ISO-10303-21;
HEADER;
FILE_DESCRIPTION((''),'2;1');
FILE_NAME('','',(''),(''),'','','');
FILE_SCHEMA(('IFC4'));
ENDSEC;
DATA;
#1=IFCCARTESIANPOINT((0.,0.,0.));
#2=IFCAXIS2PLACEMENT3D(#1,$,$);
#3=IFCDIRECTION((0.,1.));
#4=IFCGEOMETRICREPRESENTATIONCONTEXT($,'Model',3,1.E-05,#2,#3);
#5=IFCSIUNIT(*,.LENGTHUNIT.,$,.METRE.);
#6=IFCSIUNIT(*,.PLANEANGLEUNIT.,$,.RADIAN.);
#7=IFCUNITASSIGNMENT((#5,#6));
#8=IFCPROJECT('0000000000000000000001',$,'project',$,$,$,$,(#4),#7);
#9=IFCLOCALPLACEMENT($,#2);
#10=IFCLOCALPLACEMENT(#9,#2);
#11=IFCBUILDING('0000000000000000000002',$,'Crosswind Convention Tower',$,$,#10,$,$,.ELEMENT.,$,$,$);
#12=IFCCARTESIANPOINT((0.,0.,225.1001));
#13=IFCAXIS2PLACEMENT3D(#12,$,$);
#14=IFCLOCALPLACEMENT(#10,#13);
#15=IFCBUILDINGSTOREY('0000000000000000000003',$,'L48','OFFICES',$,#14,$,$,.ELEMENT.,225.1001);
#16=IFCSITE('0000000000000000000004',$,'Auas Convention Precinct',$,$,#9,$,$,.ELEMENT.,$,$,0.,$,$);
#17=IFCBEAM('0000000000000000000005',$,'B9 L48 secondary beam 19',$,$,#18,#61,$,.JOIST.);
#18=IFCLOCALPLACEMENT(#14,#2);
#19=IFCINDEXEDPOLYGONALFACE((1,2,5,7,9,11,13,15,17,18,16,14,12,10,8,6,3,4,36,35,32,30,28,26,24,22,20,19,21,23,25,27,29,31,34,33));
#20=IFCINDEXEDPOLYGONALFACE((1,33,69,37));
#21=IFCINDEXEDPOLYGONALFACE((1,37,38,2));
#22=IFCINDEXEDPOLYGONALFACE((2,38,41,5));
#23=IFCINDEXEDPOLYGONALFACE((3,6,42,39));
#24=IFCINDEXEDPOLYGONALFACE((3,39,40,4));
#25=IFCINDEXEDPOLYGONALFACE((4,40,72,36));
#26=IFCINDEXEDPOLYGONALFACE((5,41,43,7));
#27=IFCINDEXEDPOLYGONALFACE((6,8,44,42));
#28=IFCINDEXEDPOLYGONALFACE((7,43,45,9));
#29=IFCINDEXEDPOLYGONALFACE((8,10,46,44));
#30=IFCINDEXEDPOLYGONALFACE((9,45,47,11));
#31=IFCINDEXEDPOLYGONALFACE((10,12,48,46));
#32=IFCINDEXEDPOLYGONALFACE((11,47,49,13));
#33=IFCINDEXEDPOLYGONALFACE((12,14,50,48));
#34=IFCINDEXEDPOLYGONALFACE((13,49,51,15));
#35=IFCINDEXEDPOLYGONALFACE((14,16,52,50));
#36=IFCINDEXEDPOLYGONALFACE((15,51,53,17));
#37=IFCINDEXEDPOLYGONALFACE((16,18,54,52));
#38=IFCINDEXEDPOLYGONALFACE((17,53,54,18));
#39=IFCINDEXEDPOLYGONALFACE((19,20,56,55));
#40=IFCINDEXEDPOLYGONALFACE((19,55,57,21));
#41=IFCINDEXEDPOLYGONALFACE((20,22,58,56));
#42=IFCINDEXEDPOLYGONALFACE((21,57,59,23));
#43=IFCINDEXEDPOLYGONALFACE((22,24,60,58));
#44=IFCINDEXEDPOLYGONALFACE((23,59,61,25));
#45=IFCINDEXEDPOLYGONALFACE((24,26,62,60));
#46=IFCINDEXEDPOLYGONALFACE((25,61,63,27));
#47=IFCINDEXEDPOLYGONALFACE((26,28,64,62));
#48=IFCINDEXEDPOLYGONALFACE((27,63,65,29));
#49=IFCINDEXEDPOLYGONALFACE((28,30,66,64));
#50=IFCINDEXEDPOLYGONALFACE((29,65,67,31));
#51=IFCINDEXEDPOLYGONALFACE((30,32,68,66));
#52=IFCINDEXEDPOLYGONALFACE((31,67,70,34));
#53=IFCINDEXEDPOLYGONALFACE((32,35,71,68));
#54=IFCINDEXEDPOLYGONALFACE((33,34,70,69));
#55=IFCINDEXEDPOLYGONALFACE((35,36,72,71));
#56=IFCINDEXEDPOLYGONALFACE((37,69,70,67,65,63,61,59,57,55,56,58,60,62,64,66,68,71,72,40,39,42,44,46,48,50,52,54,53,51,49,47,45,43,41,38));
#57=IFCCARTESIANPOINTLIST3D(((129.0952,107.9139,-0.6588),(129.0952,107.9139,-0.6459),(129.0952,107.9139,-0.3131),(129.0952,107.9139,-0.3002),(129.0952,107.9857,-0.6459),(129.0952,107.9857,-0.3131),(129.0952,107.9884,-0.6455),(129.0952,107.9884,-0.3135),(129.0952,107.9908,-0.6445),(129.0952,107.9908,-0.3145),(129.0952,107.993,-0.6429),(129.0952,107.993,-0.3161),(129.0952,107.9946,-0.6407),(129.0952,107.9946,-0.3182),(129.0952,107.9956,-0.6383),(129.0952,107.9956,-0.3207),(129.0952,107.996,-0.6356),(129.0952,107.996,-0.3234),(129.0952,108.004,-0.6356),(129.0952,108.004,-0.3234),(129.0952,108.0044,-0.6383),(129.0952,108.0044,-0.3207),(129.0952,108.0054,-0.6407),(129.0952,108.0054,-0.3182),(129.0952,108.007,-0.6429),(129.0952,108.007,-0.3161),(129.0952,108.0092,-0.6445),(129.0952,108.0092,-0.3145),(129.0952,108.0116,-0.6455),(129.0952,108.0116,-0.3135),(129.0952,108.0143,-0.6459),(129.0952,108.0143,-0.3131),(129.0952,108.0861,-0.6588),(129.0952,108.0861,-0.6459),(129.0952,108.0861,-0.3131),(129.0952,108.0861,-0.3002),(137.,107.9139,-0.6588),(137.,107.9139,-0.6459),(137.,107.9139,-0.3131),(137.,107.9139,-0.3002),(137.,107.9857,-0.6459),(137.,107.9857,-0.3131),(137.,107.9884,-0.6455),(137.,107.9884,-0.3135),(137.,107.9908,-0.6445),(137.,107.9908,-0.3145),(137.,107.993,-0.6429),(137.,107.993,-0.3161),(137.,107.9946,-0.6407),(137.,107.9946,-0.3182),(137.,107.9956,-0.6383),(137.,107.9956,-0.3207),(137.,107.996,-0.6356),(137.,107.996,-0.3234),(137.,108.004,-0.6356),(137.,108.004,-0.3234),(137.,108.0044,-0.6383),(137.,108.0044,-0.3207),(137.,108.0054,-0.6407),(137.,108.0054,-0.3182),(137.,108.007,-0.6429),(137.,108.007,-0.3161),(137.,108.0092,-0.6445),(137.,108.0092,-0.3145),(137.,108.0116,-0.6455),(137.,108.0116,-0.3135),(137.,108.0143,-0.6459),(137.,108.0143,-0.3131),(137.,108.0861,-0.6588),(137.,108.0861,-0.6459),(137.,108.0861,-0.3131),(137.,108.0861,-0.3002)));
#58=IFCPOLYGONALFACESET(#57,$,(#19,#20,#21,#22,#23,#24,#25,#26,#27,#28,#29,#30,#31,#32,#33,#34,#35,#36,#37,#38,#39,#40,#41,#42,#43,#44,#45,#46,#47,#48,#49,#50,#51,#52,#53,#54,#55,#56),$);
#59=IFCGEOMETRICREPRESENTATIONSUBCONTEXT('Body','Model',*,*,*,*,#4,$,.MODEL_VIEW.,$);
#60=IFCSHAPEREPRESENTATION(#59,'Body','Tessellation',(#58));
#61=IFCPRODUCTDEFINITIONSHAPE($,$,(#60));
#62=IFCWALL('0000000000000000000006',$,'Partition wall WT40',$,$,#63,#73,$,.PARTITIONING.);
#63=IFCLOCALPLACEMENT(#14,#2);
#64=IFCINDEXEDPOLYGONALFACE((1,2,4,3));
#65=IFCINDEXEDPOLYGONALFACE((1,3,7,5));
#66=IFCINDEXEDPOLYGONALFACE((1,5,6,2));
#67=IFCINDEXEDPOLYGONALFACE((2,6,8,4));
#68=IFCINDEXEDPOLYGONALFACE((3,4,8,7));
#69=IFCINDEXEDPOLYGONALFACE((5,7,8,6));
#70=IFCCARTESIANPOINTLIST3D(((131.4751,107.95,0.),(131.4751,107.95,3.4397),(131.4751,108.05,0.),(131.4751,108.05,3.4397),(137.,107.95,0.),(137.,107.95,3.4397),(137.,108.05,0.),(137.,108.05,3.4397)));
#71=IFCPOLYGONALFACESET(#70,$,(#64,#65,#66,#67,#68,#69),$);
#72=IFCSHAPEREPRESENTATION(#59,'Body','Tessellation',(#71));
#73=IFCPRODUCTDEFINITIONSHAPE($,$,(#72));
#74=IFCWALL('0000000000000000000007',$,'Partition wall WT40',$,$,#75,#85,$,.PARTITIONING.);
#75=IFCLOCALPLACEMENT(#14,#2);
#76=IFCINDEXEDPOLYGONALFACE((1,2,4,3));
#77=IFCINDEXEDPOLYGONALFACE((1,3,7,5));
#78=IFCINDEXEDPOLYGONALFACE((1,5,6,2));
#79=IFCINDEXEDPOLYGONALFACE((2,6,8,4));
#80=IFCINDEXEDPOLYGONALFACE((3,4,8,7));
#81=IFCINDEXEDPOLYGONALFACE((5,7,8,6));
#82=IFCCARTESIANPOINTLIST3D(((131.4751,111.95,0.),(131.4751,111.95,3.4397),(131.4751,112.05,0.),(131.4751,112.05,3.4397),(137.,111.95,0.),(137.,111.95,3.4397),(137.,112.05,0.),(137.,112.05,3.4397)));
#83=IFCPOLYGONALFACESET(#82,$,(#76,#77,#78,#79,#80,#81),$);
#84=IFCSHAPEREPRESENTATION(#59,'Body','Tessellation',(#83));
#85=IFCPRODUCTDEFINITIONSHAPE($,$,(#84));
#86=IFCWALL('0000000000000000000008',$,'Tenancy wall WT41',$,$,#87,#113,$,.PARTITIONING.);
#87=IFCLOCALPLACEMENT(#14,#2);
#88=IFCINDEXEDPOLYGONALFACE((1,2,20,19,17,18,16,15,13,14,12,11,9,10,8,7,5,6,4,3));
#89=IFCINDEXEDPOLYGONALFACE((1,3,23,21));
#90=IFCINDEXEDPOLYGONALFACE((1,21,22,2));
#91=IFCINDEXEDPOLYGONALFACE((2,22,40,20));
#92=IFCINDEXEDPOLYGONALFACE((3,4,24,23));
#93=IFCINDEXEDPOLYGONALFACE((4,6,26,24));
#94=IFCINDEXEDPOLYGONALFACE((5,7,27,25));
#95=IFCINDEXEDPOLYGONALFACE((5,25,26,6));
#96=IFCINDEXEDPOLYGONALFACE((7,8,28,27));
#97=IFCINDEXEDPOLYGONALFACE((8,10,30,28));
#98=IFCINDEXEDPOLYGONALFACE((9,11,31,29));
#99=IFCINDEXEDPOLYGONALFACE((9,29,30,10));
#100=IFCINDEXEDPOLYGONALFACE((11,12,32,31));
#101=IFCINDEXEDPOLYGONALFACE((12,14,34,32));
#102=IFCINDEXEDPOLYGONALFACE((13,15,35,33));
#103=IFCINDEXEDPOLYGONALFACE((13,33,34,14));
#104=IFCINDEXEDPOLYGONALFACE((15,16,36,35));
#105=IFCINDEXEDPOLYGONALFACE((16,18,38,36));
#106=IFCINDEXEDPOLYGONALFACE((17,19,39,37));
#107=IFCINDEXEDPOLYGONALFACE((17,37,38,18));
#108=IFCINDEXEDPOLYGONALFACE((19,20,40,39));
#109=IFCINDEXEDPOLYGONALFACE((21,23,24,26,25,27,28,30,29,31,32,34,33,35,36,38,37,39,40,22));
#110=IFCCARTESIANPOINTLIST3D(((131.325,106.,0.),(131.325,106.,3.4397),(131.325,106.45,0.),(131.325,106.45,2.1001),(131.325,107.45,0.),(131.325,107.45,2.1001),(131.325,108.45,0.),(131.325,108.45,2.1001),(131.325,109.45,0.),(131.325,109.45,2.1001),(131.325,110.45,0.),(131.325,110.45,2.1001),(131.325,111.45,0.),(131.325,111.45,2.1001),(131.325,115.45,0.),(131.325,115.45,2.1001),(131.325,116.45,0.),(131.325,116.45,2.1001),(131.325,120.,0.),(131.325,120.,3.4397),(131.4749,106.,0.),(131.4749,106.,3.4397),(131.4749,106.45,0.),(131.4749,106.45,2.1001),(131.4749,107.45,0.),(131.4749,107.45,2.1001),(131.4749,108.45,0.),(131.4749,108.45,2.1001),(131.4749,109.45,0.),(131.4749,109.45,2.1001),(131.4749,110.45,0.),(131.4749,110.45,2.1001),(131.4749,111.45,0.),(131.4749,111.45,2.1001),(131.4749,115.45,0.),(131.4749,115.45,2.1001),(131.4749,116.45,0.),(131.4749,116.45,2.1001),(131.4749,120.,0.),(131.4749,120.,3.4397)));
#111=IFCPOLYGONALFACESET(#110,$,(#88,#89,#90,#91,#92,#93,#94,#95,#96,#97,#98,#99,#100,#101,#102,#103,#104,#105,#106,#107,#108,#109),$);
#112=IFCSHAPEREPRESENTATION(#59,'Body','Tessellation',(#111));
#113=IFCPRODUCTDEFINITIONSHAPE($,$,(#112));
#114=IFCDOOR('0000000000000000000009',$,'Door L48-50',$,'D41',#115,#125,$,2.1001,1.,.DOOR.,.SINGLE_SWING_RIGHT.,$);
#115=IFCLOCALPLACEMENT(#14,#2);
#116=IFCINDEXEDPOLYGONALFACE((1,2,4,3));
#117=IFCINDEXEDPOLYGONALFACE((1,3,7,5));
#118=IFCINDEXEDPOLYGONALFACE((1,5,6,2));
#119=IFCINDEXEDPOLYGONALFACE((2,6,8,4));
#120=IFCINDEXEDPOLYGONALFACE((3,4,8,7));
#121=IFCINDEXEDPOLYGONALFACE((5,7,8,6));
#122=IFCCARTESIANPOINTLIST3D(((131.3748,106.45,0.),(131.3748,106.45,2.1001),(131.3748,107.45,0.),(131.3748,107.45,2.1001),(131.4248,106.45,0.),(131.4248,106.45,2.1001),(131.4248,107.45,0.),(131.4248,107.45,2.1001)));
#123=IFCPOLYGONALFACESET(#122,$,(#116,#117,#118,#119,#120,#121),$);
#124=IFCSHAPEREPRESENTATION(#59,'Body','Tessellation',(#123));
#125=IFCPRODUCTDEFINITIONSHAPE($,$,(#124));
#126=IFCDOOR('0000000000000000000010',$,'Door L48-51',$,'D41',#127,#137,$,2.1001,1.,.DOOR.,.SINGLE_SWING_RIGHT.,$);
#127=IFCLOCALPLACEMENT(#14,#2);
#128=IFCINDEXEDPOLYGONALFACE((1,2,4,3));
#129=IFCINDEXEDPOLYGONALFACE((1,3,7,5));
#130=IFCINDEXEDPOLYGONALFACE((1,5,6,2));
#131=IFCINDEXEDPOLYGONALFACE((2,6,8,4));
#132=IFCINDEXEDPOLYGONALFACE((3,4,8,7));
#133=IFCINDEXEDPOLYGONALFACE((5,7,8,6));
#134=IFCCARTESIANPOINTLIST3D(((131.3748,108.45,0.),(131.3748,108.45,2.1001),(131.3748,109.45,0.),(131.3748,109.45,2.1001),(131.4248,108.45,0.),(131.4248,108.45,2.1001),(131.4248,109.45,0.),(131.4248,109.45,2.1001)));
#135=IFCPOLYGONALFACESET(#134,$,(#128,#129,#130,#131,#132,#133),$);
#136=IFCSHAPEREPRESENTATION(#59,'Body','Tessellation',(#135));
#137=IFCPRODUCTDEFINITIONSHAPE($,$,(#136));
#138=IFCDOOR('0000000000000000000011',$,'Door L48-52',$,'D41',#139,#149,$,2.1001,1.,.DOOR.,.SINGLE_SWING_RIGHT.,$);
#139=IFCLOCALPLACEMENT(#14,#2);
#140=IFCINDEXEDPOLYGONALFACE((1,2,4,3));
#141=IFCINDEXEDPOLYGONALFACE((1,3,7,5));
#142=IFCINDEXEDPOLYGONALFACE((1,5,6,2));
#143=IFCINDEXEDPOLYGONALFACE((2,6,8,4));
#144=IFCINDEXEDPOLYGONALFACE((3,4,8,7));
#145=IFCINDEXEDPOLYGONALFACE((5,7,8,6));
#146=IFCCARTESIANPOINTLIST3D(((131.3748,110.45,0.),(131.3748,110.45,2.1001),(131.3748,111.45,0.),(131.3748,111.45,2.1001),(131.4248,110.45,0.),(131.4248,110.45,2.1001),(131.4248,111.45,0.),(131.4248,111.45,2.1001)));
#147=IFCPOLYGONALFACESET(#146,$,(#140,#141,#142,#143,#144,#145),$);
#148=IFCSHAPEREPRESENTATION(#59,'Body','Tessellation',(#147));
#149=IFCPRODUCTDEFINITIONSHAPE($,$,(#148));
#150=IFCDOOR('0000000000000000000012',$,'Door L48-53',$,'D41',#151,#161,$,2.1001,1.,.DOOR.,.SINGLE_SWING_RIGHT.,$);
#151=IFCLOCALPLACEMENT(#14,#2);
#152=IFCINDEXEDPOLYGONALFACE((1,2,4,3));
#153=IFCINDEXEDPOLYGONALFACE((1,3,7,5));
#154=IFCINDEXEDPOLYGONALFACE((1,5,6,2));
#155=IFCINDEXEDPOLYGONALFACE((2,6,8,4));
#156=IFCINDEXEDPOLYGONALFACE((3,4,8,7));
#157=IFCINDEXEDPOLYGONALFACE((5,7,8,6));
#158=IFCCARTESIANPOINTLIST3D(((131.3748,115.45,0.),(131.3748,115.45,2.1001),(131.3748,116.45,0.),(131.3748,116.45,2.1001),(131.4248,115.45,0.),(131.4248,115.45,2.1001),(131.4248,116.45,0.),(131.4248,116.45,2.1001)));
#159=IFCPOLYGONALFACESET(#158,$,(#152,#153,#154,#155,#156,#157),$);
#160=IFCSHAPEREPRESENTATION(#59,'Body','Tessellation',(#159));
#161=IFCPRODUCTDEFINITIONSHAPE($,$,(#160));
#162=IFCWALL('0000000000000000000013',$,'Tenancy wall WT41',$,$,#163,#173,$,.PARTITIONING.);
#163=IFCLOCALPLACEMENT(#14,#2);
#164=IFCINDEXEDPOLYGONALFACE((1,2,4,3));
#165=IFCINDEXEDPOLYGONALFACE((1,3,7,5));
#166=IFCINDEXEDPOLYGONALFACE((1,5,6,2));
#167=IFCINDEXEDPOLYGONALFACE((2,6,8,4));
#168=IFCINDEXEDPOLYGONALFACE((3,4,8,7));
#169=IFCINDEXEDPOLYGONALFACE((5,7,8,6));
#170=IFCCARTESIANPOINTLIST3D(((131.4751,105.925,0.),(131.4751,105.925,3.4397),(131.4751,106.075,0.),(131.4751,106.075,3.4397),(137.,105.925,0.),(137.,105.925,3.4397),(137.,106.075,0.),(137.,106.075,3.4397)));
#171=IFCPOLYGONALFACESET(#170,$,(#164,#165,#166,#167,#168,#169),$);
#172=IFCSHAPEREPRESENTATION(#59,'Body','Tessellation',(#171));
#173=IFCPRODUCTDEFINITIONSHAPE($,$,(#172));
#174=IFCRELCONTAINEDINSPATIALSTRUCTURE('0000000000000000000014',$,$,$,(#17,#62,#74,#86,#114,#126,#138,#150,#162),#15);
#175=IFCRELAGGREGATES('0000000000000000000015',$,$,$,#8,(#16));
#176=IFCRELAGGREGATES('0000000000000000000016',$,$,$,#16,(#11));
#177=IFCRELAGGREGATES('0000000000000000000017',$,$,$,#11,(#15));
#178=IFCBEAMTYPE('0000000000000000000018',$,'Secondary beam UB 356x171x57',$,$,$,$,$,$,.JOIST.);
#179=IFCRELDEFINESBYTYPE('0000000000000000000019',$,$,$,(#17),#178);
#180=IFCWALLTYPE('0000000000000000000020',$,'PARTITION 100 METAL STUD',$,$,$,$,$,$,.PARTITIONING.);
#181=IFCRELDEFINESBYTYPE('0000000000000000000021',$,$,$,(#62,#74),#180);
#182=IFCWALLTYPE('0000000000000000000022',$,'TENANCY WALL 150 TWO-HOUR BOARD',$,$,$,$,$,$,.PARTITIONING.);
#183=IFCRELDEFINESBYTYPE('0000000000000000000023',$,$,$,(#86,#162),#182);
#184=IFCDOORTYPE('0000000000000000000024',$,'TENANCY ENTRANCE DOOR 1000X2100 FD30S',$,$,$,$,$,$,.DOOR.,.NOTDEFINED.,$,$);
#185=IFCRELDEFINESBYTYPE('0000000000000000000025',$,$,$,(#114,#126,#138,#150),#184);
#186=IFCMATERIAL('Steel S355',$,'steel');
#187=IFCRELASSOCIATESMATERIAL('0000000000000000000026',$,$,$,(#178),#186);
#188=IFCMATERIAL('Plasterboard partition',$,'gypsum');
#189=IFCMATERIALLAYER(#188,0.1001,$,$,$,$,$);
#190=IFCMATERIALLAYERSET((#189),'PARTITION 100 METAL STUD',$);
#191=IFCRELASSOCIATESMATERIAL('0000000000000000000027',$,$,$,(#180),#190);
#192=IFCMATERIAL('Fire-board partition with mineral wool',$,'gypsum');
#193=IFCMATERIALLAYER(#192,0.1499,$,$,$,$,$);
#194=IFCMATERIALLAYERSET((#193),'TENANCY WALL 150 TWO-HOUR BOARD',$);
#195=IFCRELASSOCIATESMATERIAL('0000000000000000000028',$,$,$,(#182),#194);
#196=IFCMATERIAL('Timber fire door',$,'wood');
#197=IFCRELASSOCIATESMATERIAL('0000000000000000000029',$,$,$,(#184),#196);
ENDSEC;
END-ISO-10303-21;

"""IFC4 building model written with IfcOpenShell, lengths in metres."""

from ifc_helpers import new_model, si_unit, direction, frame, frame_2d, origin, origin_2d, place, context, subcontext, project, spatial, rectangle, i_section, extrude, material, layer, layer_set, material_profile, profile_set, type_object, element, fill, save


model = new_model("IFC4")

# Units and contexts
model_context = context("Model", 3, precision=1e-05, world=origin(), true_north=direction((0.0, 1.0)))
body_context = subcontext(model_context, "Body", "Model", "MODEL_VIEW")
ifc_project = project(units=[si_unit("LENGTHUNIT", "METRE"), si_unit("PLANEANGLEUNIT", "RADIAN")], contexts=[model_context])

# Site, building, storey
site_placement = place(None, origin())
site = spatial("IfcSite", under=ifc_project, at=site_placement, Name="Auas Convention Precinct", CompositionType="ELEMENT", RefElevation=0.0)
building_placement = place(site_placement, origin())
building = spatial("IfcBuilding", under=site, at=building_placement, Name="Crosswind Convention Tower", CompositionType="ELEMENT")
storey_placement = place(building_placement, frame((0.0, 0.0, 225.1001)))
storey = spatial("IfcBuildingStorey", under=building, at=storey_placement, Name="L48", Description="OFFICES", CompositionType="ELEMENT", Elevation=225.1001)

# Beam
ifc_material_1 = material(Name="Steel S355", Category="steel")
ifc_material_profile_1 = material_profile(ifc_material_1, i_section(OverallWidth=0.1721, OverallDepth=0.3586, WebThickness=0.0081, FlangeThickness=0.0129, FilletRadius=0.0103, at=origin_2d()), Name="UB 356x171x57")
ifc_profile_set_1 = profile_set([ifc_material_profile_1], Name="Steel S355")
beam_type_1 = type_object("IfcBeamType", Name="Secondary beam UB 356x171x57", PredefinedType="JOIST", material=ifc_profile_set_1)
beam_1_placement = place(storey_placement, frame((129.0952, 108.0, -0.4795), z_axis=(1.0, 0.0, 0.0), x_axis=(0.0, 1.0, 0.0)))
element("IfcBeam", 1, at=beam_1_placement, inside=storey, type_object=beam_type_1, Name="B9 L48 secondary beam 19", PredefinedType="JOIST", context=body_context, shape_type="SweptSolid", body=[
    extrude(i_section(OverallWidth=0.1721, OverallDepth=0.3586, WebThickness=0.0081, FlangeThickness=0.0129, FilletRadius=0.0103, at=origin_2d()), origin(), (0.0, 0.0, 1.0), 7.9048),
])

# Walls
ifc_material_2 = material(Name="Plasterboard partition", Category="gypsum")
ifc_layer_1 = layer(ifc_material_2, 0.1001)
ifc_layer_set_1 = layer_set([ifc_layer_1], Name="PARTITION 100 METAL STUD")
wall_type_1 = type_object("IfcWallType", Name="PARTITION 100 METAL STUD", PredefinedType="PARTITIONING", material=ifc_layer_set_1)
for number, where, z_axis, x_axis, name in (
    (2, (131.4751, 108.0, 0.0), (0.0, 0.0, 1.0), (1.0, 0.0, 0.0), "Partition wall WT40"),
    (3, (131.4751, 112.0, 0.0), (0.0, 0.0, 1.0), (1.0, 0.0, 0.0), "Partition wall WT40"),
):
    element("IfcWall", number, at=place(storey_placement, frame(where, z_axis=z_axis, x_axis=x_axis)), inside=storey, type_object=wall_type_1, Name=name, PredefinedType="PARTITIONING", context=body_context, shape_type="SweptSolid", body=[
        extrude(rectangle(XDim=5.5249, YDim=0.1001, at=frame_2d((2.7625, 0.0))), origin(), (0.0, 0.0, 1.0), 3.4397),
    ])

# Wall, openings, doors
ifc_material_3 = material(Name="Fire-board partition with mineral wool", Category="gypsum")
ifc_layer_2 = layer(ifc_material_3, 0.1499)
ifc_layer_set_2 = layer_set([ifc_layer_2], Name="TENANCY WALL 150 TWO-HOUR BOARD")
wall_type_2 = type_object("IfcWallType", Name="TENANCY WALL 150 TWO-HOUR BOARD", PredefinedType="PARTITIONING", material=ifc_layer_set_2)
wall_1_placement = place(storey_placement, frame((131.3999, 106.0, 0.0), z_axis=(0.0, 0.0, 1.0), x_axis=(0.0, 1.0, 0.0)))
wall_1 = element("IfcWall", 4, at=wall_1_placement, inside=storey, type_object=wall_type_2, Name="Tenancy wall WT41", PredefinedType="PARTITIONING", context=body_context, shape_type="SweptSolid", body=[
    extrude(rectangle(XDim=14.0, YDim=0.1499, at=frame_2d((7.0, 0.0))), origin(), (0.0, 0.0, 1.0), 3.4397),
])
opening_1_placement = place(wall_1_placement, frame((0.45, 0.0, 0.0)))
opening_1 = element("IfcOpeningElement", 5, at=opening_1_placement, cuts=wall_1, PredefinedType="OPENING", context=body_context, shape_type="SweptSolid", body=[
    extrude(rectangle(XDim=1.0, YDim=2.1001, at=frame_2d((0.5, 1.05))), frame((0.0, 0.085, 0.0), z_axis=(0.0, -1.0, 0.0), x_axis=(1.0, 0.0, 0.0)), (0.0, 0.0, 1.0), 0.1699),
])
opening_2_placement = place(wall_1_placement, frame((2.45, 0.0, 0.0)))
opening_2 = element("IfcOpeningElement", 6, at=opening_2_placement, cuts=wall_1, PredefinedType="OPENING", context=body_context, shape_type="SweptSolid", body=[
    extrude(rectangle(XDim=1.0, YDim=2.1001, at=frame_2d((0.5, 1.05))), frame((0.0, 0.085, 0.0), z_axis=(0.0, -1.0, 0.0), x_axis=(1.0, 0.0, 0.0)), (0.0, 0.0, 1.0), 0.1699),
])
opening_3_placement = place(wall_1_placement, frame((4.45, 0.0, 0.0)))
opening_3 = element("IfcOpeningElement", 7, at=opening_3_placement, cuts=wall_1, PredefinedType="OPENING", context=body_context, shape_type="SweptSolid", body=[
    extrude(rectangle(XDim=1.0, YDim=2.1001, at=frame_2d((0.5, 1.05))), frame((0.0, 0.085, 0.0), z_axis=(0.0, -1.0, 0.0), x_axis=(1.0, 0.0, 0.0)), (0.0, 0.0, 1.0), 0.1699),
])
opening_4_placement = place(wall_1_placement, frame((9.45, 0.0, 0.0)))
opening_4 = element("IfcOpeningElement", 8, at=opening_4_placement, cuts=wall_1, PredefinedType="OPENING", context=body_context, shape_type="SweptSolid", body=[
    extrude(rectangle(XDim=1.0, YDim=2.1001, at=frame_2d((0.5, 1.05))), frame((0.0, 0.085, 0.0), z_axis=(0.0, -1.0, 0.0), x_axis=(1.0, 0.0, 0.0)), (0.0, 0.0, 1.0), 0.1699),
])
ifc_material_4 = material(Name="Timber fire door", Category="wood")
door_type = type_object("IfcDoorType", Name="TENANCY ENTRANCE DOOR 1000X2100 FD30S", OperationType="NOTDEFINED", PredefinedType="DOOR", material=ifc_material_4)
door_1_placement = place(opening_1_placement, frame((1.0, 0.0, 0.0), z_axis=(0.0, 0.0, 1.0), x_axis=(-1.0, 0.0, 0.0)))
door_1 = element("IfcDoor", 9, at=door_1_placement, inside=storey, type_object=door_type, Name="Door L48-50", ObjectType="D41", OperationType="SINGLE_SWING_RIGHT", OverallHeight=2.1001, OverallWidth=1.0, PredefinedType="DOOR", context=body_context, shape_type="SweptSolid", body=[
    extrude(rectangle(XDim=1.0, YDim=2.1001, at=frame_2d((0.5, 1.05))), frame((0.0, 0.0249, 0.0), z_axis=(0.0, -1.0, 0.0), x_axis=(1.0, 0.0, 0.0)), (0.0, 0.0, 1.0), 0.05),
])
fill(opening_1, door_1)
door_2_placement = place(opening_2_placement, frame((1.0, 0.0, 0.0), z_axis=(0.0, 0.0, 1.0), x_axis=(-1.0, 0.0, 0.0)))
door_2 = element("IfcDoor", 10, at=door_2_placement, inside=storey, type_object=door_type, Name="Door L48-51", ObjectType="D41", OperationType="SINGLE_SWING_RIGHT", OverallHeight=2.1001, OverallWidth=1.0, PredefinedType="DOOR", context=body_context, shape_type="SweptSolid", body=[
    extrude(rectangle(XDim=1.0, YDim=2.1001, at=frame_2d((0.5, 1.05))), frame((0.0, 0.0249, 0.0), z_axis=(0.0, -1.0, 0.0), x_axis=(1.0, 0.0, 0.0)), (0.0, 0.0, 1.0), 0.05),
])
fill(opening_2, door_2)
door_3_placement = place(opening_3_placement, frame((1.0, 0.0, 0.0), z_axis=(0.0, 0.0, 1.0), x_axis=(-1.0, 0.0, 0.0)))
door_3 = element("IfcDoor", 11, at=door_3_placement, inside=storey, type_object=door_type, Name="Door L48-52", ObjectType="D41", OperationType="SINGLE_SWING_RIGHT", OverallHeight=2.1001, OverallWidth=1.0, PredefinedType="DOOR", context=body_context, shape_type="SweptSolid", body=[
    extrude(rectangle(XDim=1.0, YDim=2.1001, at=frame_2d((0.5, 1.05))), frame((0.0, 0.0249, 0.0), z_axis=(0.0, -1.0, 0.0), x_axis=(1.0, 0.0, 0.0)), (0.0, 0.0, 1.0), 0.05),
])
fill(opening_3, door_3)
door_4_placement = place(opening_4_placement, frame((1.0, 0.0, 0.0), z_axis=(0.0, 0.0, 1.0), x_axis=(-1.0, 0.0, 0.0)))
door_4 = element("IfcDoor", 12, at=door_4_placement, inside=storey, type_object=door_type, Name="Door L48-53", ObjectType="D41", OperationType="SINGLE_SWING_RIGHT", OverallHeight=2.1001, OverallWidth=1.0, PredefinedType="DOOR", context=body_context, shape_type="SweptSolid", body=[
    extrude(rectangle(XDim=1.0, YDim=2.1001, at=frame_2d((0.5, 1.05))), frame((0.0, 0.0249, 0.0), z_axis=(0.0, -1.0, 0.0), x_axis=(1.0, 0.0, 0.0)), (0.0, 0.0, 1.0), 0.05),
])
fill(opening_4, door_4)

# Wall
for number, where, z_axis, x_axis, name in (
    (13, (131.4751, 106.0, 0.0), (0.0, 0.0, 1.0), (1.0, 0.0, 0.0), "Tenancy wall WT41"),
):
    element("IfcWall", number, at=place(storey_placement, frame(where, z_axis=z_axis, x_axis=x_axis)), inside=storey, type_object=wall_type_2, Name=name, PredefinedType="PARTITIONING", context=body_context, shape_type="SweptSolid", body=[
        extrude(rectangle(XDim=5.5249, YDim=0.1499, at=frame_2d((2.7625, 0.0))), origin(), (0.0, 0.0, 1.0), 3.4397),
    ])

save(model, "model.ifc")
